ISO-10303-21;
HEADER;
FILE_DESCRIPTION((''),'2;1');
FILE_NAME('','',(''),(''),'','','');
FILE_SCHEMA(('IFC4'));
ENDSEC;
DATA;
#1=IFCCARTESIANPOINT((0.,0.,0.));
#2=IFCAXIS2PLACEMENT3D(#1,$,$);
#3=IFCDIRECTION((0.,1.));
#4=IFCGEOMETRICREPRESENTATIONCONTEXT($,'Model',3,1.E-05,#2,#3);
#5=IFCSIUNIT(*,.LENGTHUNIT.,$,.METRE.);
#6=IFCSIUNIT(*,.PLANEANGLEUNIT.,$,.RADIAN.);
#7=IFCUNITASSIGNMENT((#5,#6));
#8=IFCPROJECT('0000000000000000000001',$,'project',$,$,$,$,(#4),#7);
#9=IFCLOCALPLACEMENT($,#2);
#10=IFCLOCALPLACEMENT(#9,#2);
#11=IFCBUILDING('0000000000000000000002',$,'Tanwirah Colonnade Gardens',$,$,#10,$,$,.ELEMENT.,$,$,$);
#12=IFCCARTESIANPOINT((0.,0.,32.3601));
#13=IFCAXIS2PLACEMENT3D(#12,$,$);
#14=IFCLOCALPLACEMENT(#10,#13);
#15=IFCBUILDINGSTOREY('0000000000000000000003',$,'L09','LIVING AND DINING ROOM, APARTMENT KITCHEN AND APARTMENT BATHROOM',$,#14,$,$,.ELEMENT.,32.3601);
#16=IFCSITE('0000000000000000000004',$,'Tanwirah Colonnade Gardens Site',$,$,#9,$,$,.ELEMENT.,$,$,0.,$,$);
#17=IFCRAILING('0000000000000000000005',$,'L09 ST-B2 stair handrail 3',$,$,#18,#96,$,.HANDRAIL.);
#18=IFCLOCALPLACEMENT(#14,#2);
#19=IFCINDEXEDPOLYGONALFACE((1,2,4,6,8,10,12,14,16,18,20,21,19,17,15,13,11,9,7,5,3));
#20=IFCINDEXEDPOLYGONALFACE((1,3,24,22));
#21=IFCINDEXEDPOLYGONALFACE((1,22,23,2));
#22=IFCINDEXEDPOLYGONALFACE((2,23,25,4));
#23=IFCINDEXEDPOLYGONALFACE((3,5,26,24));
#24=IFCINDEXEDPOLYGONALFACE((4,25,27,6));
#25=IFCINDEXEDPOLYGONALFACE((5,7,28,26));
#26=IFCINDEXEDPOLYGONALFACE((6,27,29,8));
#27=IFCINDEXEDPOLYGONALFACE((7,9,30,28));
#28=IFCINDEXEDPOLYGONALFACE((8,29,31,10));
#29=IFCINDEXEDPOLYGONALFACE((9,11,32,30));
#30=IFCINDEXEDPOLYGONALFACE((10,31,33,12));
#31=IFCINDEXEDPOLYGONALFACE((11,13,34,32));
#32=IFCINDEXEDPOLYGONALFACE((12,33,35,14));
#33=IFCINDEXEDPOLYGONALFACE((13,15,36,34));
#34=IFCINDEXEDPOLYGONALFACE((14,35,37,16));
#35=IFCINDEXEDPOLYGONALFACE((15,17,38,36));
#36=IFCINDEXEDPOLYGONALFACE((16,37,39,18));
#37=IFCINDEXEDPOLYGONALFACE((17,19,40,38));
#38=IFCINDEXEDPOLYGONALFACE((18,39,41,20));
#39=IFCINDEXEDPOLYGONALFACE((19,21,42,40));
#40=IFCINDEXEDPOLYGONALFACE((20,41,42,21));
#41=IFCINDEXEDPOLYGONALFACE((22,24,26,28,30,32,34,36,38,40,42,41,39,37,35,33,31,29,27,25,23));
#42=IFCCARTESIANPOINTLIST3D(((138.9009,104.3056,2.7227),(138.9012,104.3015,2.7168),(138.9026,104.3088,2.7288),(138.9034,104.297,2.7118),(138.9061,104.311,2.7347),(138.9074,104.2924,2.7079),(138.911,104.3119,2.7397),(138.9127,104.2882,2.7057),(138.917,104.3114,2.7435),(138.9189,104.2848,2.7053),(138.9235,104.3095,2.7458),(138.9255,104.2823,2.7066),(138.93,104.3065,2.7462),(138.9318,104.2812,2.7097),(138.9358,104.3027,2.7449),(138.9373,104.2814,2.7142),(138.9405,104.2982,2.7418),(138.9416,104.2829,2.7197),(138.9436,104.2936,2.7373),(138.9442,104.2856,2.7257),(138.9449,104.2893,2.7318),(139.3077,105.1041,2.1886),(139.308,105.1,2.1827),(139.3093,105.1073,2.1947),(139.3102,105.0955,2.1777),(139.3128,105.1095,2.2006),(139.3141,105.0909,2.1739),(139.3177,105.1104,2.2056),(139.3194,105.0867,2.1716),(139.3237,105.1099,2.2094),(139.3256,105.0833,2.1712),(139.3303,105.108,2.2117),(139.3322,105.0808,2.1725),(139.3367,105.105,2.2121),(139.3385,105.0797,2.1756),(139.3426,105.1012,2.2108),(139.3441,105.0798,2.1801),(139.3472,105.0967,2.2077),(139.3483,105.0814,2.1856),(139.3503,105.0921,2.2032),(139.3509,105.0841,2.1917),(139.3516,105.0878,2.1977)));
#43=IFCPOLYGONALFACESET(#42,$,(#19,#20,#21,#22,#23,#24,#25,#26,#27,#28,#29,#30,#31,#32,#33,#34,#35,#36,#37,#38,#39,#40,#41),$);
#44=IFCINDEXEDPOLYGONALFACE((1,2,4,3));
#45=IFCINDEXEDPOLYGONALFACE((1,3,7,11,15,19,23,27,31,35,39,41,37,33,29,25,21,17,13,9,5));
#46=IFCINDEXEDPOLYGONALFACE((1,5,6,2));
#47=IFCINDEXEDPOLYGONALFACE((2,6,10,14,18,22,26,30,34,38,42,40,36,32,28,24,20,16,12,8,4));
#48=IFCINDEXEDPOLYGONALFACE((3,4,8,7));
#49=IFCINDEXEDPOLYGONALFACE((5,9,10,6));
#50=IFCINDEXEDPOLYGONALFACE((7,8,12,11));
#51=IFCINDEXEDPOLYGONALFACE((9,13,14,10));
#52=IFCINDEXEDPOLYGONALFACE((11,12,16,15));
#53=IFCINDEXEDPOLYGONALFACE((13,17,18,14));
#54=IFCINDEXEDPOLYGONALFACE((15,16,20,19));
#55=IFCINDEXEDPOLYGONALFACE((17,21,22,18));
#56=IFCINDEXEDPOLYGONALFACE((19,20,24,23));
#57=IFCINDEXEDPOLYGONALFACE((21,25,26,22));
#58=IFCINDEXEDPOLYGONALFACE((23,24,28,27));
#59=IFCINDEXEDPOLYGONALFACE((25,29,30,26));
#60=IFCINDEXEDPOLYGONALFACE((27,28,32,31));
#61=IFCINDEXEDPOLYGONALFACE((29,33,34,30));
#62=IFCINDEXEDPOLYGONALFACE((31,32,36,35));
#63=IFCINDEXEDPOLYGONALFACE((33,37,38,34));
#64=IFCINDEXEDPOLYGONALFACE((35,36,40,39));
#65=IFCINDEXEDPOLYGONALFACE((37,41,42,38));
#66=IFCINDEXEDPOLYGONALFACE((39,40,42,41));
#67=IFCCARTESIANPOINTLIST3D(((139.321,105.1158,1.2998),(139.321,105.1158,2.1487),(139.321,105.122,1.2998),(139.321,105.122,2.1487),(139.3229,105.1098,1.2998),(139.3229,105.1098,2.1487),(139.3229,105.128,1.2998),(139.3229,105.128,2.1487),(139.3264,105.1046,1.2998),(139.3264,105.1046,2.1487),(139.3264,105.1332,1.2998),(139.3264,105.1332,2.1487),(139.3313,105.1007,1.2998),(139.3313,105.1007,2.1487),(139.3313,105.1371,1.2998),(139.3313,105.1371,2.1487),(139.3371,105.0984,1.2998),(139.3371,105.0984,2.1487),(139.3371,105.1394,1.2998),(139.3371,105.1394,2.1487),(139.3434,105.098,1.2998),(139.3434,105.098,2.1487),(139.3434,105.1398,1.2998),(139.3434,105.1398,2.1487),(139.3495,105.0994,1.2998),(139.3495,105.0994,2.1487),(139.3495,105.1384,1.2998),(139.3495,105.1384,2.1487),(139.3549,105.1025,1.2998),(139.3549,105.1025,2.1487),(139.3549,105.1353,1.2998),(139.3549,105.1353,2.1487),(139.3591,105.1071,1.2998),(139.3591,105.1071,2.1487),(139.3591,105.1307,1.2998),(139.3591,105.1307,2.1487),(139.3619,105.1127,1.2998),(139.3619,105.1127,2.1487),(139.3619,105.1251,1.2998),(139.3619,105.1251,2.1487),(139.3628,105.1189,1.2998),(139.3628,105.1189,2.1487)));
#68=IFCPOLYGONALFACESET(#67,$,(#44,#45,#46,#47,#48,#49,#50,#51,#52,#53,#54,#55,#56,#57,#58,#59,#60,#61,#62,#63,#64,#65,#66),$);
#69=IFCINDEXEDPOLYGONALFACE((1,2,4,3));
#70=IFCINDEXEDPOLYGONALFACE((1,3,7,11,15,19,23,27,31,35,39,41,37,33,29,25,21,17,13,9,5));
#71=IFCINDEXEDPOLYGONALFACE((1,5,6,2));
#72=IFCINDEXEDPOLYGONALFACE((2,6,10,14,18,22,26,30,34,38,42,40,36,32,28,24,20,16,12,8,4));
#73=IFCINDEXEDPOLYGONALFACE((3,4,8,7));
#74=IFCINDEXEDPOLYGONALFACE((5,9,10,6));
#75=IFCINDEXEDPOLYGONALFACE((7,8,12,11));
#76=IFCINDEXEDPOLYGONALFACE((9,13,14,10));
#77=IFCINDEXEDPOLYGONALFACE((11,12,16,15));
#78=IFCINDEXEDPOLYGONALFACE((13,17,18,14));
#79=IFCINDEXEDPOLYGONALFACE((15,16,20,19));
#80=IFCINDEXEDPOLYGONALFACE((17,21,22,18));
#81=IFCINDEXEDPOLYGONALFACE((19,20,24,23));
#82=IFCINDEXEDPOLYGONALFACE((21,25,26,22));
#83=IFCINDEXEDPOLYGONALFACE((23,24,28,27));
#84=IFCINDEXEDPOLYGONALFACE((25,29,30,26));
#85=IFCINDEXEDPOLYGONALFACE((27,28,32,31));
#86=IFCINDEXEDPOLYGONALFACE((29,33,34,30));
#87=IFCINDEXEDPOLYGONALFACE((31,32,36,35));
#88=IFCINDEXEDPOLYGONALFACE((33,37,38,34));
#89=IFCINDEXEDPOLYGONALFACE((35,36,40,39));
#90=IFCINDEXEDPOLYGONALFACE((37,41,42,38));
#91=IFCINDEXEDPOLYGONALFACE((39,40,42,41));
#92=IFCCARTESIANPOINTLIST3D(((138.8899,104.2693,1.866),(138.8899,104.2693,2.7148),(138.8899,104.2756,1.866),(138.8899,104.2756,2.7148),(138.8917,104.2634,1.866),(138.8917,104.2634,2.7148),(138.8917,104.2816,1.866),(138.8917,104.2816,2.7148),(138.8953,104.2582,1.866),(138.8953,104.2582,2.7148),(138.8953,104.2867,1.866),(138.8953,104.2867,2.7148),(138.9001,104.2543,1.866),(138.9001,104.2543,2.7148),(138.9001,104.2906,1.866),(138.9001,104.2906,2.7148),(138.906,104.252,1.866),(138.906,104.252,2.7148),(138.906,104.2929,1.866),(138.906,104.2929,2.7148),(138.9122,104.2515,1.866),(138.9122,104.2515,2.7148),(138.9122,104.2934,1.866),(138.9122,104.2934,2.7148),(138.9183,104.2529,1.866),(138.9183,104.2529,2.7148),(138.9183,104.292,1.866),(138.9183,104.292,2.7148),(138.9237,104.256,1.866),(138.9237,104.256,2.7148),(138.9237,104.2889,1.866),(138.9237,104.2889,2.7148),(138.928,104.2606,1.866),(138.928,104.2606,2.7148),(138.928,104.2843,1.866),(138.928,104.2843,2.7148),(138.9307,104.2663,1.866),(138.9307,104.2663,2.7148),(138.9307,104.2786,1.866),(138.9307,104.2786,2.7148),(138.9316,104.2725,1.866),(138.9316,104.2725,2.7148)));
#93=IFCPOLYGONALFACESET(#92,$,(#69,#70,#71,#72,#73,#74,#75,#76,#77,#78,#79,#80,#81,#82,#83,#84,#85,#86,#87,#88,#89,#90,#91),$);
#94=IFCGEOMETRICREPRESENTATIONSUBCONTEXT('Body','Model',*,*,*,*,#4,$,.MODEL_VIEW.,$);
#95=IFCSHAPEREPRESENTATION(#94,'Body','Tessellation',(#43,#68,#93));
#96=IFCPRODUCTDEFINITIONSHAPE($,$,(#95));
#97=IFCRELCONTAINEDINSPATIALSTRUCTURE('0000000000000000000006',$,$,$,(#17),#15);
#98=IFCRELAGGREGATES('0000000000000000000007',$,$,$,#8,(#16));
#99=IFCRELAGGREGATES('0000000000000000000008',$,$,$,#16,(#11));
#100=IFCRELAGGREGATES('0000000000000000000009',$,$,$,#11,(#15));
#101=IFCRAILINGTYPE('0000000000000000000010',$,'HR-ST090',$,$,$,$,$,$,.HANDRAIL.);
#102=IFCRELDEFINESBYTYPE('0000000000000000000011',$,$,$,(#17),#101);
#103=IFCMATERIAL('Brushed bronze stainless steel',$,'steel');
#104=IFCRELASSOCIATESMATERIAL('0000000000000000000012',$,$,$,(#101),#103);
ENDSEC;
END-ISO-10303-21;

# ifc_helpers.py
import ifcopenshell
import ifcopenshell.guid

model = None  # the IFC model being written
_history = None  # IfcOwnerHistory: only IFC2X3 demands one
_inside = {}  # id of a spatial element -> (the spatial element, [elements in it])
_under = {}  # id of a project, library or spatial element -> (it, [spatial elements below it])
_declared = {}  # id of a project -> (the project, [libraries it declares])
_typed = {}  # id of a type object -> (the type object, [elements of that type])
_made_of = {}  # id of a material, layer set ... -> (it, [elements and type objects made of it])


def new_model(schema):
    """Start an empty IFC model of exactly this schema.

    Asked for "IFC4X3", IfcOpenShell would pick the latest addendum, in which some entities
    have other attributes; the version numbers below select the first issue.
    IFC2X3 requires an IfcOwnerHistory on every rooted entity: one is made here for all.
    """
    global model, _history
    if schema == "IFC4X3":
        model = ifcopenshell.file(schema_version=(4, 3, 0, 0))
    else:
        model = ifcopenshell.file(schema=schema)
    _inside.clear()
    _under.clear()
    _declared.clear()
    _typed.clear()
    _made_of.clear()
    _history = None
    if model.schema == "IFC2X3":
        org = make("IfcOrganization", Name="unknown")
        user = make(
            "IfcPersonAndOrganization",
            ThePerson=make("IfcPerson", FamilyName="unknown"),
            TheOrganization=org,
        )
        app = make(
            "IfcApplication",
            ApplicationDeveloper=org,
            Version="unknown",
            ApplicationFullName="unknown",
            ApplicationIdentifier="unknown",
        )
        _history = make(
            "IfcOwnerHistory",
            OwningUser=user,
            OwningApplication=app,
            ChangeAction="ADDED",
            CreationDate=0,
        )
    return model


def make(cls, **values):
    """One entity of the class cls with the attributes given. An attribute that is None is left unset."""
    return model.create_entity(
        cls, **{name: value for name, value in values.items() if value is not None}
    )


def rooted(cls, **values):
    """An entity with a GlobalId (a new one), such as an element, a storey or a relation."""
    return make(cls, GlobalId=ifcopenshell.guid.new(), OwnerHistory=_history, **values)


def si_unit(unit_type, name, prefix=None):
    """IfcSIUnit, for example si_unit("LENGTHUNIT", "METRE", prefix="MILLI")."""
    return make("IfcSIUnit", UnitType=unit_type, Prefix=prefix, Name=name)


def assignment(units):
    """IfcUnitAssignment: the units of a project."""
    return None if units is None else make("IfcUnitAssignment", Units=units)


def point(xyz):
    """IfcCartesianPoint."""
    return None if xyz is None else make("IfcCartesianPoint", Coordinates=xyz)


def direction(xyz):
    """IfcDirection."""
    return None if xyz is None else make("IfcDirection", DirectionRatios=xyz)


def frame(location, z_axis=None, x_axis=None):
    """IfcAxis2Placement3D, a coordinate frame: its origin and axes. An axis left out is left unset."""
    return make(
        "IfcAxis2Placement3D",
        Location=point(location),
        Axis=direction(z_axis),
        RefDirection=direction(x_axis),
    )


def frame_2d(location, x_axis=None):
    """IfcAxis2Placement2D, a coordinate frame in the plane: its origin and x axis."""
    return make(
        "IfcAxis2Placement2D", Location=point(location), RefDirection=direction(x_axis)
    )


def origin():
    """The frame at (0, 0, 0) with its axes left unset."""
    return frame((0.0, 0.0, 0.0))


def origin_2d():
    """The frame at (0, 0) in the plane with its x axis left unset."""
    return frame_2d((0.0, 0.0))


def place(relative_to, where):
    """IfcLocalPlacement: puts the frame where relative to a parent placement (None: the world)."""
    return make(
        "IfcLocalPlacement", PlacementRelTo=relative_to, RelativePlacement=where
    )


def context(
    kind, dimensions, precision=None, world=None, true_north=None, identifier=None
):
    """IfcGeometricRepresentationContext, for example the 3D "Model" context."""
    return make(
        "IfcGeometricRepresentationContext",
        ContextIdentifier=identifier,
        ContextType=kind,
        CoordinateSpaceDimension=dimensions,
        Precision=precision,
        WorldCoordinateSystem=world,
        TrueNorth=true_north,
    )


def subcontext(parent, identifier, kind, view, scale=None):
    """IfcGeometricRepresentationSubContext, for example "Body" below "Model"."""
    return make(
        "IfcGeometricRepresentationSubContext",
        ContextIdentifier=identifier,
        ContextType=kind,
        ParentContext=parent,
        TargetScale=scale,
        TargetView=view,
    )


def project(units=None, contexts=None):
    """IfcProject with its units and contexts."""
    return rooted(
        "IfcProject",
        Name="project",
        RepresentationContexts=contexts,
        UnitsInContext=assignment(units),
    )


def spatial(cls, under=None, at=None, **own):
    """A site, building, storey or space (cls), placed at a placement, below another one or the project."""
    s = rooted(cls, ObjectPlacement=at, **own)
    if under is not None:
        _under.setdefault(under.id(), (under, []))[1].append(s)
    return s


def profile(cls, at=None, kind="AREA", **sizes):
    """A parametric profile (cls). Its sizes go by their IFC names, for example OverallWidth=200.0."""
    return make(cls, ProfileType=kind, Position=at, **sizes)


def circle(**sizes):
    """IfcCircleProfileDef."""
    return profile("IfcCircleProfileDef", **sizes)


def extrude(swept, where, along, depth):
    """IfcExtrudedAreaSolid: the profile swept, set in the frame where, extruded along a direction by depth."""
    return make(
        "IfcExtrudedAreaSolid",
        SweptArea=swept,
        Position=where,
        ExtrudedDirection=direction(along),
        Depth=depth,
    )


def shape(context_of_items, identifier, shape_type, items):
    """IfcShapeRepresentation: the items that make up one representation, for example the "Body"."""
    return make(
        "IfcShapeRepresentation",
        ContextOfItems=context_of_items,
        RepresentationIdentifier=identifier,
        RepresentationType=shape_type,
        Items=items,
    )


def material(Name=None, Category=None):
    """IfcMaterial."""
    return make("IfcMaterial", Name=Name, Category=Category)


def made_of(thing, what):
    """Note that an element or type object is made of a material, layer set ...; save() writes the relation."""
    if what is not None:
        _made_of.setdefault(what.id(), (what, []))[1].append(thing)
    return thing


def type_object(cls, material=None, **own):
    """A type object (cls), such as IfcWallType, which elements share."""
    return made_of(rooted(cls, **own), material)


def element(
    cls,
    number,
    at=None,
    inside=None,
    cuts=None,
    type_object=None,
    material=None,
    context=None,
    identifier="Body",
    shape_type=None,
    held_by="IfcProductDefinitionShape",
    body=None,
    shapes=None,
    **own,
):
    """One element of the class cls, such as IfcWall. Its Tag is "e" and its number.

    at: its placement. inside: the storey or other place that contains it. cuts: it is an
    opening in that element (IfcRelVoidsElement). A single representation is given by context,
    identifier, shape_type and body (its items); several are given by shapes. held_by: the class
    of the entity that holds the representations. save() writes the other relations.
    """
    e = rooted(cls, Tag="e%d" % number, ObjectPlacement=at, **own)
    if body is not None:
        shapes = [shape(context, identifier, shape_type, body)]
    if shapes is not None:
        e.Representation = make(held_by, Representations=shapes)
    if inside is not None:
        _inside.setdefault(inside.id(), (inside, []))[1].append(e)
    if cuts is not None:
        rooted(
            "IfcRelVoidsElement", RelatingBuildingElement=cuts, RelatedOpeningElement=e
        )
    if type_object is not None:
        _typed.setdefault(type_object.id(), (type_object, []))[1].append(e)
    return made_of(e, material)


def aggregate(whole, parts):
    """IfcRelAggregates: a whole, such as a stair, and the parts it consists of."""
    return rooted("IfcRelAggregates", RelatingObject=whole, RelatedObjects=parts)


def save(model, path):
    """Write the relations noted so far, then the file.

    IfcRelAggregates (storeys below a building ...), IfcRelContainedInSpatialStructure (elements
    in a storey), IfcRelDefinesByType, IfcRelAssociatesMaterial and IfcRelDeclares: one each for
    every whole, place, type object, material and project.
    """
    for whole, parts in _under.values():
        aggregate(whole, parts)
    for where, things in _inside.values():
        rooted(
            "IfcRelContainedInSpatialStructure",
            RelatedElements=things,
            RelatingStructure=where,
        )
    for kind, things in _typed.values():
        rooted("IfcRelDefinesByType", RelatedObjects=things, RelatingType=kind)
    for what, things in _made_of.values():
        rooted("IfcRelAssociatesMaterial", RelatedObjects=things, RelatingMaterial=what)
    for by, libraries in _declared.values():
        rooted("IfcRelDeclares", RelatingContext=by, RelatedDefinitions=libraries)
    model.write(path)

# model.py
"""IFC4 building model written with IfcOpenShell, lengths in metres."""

from ifc_helpers import new_model, si_unit, direction, frame, origin, origin_2d, place, context, subcontext, project, spatial, circle, extrude, material, type_object, element, save


model = new_model("IFC4")

# Units and contexts
model_context = context("Model", 3, precision=1e-05, world=origin(), true_north=direction((0.0, 1.0)))
body_context = subcontext(model_context, "Body", "Model", "MODEL_VIEW")
ifc_project = project(units=[si_unit("LENGTHUNIT", "METRE"), si_unit("PLANEANGLEUNIT", "RADIAN")], contexts=[model_context])

# Site, building, storey
site_placement = place(None, origin())
site = spatial("IfcSite", under=ifc_project, at=site_placement, Name="Tanwirah Colonnade Gardens Site", CompositionType="ELEMENT", RefElevation=0.0)
building_placement = place(site_placement, origin())
building = spatial("IfcBuilding", under=site, at=building_placement, Name="Tanwirah Colonnade Gardens", CompositionType="ELEMENT")
storey_placement = place(building_placement, frame((0.0, 0.0, 32.3601)))
storey = spatial("IfcBuildingStorey", under=building, at=storey_placement, Name="L09", Description="LIVING AND DINING ROOM, APARTMENT KITCHEN AND APARTMENT BATHROOM", CompositionType="ELEMENT", Elevation=32.3601)

# Railing
ifc_material_1 = material(Name="Brushed bronze stainless steel", Category="steel")
railing_type_1 = type_object("IfcRailingType", Name="HR-ST090", PredefinedType="HANDRAIL", material=ifc_material_1)
railing_1_placement = place(storey_placement, frame((139.3418, 105.1189, 1.2998)))
element("IfcRailing", 1, at=railing_1_placement, inside=storey, type_object=railing_type_1, Name="L09 ST-B2 stair handrail 3", PredefinedType="HANDRAIL", context=body_context, shape_type="SweptSolid", body=[
    extrude(circle(Radius=0.0239, at=origin_2d()), frame((-0.0122, -0.0239, 0.8918), z_axis=(-0.389886, -0.765422, 0.511974), x_axis=(0.891061, -0.453883, 0.0)), (0.0, 0.0, 1.0), 1.0432),
    extrude(circle(Radius=0.021, at=origin_2d()), origin(), (0.0, 0.0, 1.0), 0.8489),
    extrude(circle(Radius=0.021, at=origin_2d()), frame((-0.4312, -0.8464, 0.5662)), (0.0, 0.0, 1.0), 0.8489),
])

save(model, "model.ifc")
